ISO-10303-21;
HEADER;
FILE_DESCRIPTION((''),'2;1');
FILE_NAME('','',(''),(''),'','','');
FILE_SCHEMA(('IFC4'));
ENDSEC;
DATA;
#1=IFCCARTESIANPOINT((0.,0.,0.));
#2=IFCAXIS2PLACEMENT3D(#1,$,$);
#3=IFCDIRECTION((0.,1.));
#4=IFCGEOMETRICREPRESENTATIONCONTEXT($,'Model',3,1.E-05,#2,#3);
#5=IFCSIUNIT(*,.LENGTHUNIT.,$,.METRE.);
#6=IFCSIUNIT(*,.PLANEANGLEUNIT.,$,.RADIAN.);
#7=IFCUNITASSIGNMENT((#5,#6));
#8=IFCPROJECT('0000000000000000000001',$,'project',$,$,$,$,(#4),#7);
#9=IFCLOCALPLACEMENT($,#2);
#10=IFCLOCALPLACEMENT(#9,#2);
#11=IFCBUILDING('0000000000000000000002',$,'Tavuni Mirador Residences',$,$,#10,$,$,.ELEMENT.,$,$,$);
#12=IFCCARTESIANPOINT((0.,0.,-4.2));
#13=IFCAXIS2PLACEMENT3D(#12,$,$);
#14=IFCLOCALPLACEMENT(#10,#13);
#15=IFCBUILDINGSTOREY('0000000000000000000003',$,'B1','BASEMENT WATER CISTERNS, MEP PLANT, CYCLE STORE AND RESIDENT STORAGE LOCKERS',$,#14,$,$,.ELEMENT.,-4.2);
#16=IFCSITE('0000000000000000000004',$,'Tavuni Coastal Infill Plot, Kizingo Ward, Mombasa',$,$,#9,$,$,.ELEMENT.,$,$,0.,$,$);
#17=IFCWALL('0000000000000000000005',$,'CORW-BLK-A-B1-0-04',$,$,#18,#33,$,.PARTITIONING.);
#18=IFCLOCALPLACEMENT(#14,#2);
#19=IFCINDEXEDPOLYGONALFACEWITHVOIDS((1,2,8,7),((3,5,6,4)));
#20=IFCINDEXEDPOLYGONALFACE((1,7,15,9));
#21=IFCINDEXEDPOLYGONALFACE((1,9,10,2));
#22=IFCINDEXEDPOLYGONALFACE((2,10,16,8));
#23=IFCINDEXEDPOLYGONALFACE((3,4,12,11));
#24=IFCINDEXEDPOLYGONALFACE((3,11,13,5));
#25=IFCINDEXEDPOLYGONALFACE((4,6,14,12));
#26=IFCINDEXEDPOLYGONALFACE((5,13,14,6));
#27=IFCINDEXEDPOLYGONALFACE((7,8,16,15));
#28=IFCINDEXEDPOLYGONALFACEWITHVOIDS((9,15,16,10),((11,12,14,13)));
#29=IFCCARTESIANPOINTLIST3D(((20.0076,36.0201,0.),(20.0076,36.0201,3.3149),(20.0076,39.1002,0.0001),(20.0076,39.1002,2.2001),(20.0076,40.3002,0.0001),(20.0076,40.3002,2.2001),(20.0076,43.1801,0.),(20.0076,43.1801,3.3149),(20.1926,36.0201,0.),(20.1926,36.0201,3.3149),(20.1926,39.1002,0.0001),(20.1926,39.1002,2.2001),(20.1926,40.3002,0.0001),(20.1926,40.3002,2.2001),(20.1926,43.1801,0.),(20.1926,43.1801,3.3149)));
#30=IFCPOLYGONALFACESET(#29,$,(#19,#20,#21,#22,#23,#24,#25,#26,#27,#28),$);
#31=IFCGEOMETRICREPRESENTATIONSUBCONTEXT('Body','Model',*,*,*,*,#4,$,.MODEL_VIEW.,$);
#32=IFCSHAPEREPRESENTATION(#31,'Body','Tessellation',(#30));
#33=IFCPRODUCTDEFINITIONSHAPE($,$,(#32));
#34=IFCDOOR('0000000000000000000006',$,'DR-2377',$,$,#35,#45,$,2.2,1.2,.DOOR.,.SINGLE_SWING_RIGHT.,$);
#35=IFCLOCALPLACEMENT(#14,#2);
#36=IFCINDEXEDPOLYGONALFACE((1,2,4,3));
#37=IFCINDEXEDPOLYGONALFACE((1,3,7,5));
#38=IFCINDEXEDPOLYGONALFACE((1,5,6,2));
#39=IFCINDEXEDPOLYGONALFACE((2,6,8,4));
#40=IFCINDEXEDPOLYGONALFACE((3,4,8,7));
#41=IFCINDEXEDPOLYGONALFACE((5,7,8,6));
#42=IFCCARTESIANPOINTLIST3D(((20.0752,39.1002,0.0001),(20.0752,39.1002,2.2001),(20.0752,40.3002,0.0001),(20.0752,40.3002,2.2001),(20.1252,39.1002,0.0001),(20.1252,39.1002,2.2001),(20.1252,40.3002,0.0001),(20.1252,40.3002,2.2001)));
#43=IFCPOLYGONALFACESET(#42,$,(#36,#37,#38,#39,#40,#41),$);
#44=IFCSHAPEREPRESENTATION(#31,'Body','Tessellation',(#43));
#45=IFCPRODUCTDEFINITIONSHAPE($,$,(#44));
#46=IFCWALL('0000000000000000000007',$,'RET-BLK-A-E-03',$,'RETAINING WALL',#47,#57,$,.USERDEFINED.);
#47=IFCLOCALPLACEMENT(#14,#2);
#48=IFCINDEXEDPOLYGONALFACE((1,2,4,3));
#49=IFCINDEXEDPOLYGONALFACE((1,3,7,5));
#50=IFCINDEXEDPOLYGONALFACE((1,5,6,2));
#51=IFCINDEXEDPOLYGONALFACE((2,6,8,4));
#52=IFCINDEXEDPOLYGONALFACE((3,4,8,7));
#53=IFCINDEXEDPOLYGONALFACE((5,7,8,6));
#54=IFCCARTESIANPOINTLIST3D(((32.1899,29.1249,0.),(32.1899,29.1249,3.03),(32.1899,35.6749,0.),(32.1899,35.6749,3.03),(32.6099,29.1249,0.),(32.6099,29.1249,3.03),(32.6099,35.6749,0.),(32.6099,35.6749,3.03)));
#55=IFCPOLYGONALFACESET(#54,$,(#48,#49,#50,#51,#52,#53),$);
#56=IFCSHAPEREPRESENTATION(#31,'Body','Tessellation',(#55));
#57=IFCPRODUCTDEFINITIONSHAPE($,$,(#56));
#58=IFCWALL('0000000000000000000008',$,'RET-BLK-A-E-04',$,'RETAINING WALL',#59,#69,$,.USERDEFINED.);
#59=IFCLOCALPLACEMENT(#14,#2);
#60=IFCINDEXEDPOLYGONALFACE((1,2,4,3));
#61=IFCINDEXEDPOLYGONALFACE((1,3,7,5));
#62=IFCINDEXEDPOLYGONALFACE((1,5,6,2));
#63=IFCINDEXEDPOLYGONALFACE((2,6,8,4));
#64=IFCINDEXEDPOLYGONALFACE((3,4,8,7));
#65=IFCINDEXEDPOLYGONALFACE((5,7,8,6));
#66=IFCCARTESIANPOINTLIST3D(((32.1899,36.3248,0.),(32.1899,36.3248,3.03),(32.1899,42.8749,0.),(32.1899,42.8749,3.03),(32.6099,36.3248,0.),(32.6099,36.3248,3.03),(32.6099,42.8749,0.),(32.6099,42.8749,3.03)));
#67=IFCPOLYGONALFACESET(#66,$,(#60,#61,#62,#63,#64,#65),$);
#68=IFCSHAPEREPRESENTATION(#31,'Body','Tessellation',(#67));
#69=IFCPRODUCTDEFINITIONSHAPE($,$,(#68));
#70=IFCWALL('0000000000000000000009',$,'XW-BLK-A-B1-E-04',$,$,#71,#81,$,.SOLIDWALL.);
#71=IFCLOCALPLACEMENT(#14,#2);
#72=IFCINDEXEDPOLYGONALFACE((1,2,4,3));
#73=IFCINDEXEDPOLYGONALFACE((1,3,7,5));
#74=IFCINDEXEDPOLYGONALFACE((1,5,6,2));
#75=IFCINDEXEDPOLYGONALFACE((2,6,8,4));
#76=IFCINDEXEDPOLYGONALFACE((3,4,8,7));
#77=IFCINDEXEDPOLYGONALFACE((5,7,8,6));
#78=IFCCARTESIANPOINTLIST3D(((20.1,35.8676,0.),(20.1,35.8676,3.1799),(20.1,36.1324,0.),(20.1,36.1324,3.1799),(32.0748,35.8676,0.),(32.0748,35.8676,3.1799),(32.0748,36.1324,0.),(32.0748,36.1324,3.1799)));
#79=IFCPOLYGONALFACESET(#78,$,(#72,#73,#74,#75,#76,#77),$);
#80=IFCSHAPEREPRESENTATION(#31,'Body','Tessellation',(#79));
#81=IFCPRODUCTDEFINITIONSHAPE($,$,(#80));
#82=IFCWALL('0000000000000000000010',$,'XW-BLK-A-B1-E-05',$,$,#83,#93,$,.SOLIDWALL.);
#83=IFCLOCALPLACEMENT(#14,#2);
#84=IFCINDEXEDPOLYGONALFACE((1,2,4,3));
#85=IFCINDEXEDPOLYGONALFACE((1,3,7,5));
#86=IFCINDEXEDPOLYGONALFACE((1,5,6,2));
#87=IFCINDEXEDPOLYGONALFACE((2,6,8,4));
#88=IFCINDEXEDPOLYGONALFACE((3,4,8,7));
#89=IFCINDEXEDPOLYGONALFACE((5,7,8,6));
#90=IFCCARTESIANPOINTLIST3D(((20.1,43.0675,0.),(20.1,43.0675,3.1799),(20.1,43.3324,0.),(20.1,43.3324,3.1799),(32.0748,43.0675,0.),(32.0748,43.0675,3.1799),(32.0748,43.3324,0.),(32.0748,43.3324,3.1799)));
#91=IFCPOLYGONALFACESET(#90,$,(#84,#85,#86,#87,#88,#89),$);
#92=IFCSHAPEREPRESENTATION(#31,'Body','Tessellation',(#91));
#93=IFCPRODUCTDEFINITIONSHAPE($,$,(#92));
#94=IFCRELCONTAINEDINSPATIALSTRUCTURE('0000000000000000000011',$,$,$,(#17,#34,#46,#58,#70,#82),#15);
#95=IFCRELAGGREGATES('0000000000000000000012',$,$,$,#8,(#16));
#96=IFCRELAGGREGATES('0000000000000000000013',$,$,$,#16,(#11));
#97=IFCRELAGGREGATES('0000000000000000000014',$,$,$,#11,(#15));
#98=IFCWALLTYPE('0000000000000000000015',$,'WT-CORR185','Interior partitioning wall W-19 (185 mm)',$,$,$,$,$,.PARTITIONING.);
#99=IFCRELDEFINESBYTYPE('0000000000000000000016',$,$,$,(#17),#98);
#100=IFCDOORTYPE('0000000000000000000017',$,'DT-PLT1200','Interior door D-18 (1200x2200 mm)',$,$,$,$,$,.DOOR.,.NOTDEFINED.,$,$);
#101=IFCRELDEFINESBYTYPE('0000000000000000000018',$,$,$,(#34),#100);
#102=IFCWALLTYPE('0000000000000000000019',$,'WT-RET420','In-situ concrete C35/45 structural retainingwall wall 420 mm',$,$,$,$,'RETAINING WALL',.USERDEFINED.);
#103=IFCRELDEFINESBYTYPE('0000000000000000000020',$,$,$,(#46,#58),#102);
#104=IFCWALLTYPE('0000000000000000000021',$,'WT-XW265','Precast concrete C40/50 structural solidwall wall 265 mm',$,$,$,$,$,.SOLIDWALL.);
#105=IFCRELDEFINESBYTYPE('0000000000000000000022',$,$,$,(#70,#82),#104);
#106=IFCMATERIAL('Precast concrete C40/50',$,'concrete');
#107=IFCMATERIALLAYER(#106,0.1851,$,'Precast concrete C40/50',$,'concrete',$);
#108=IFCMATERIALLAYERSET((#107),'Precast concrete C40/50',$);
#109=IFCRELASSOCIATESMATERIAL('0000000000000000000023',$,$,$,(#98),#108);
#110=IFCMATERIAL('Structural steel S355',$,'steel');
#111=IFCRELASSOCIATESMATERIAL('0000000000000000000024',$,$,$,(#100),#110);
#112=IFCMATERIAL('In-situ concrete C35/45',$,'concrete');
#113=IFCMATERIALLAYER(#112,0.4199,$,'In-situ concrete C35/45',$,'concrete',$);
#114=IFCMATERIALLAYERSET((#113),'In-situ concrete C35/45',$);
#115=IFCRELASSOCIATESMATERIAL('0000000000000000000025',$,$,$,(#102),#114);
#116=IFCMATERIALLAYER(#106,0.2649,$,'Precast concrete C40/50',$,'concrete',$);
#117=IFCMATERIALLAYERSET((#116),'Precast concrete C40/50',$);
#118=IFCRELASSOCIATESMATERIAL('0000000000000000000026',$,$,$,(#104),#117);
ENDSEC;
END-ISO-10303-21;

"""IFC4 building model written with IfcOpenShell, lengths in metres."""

from ifc_helpers import new_model, si_unit, direction, frame, frame_2d, origin, place, context, subcontext, project, spatial, rectangle, extrude, material, layer, layer_set, type_object, element, fill, save


model = new_model("IFC4")

# Units and contexts
model_context = context("Model", 3, precision=1e-05, world=origin(), true_north=direction((0.0, 1.0)))
body_context = subcontext(model_context, "Body", "Model", "MODEL_VIEW")
ifc_project = project(units=[si_unit("LENGTHUNIT", "METRE"), si_unit("PLANEANGLEUNIT", "RADIAN")], contexts=[model_context])

# Site, building, storey
site_placement = place(None, origin())
site = spatial("IfcSite", under=ifc_project, at=site_placement, Name="Tavuni Coastal Infill Plot, Kizingo Ward, Mombasa", CompositionType="ELEMENT", RefElevation=0.0)
building_placement = place(site_placement, origin())
building = spatial("IfcBuilding", under=site, at=building_placement, Name="Tavuni Mirador Residences", CompositionType="ELEMENT")
storey_placement = place(building_placement, frame((0.0, 0.0, -4.2)))
storey = spatial("IfcBuildingStorey", under=building, at=storey_placement, Name="B1", Description="BASEMENT WATER CISTERNS, MEP PLANT, CYCLE STORE AND RESIDENT STORAGE LOCKERS", CompositionType="ELEMENT", Elevation=-4.2)

# Shared definitions
ifc_material_1 = material(Name="In-situ concrete C35/45", Category="concrete")

# Shared definitions
ifc_material_2 = material(Name="Precast concrete C40/50", Category="concrete")

# Wall, opening, door
ifc_layer_1 = layer(ifc_material_2, 0.1851, Name="Precast concrete C40/50", Category="concrete")
ifc_layer_set_1 = layer_set([ifc_layer_1], Name="Precast concrete C40/50")
wall_type_1 = type_object("IfcWallType", Name="WT-CORR185", Description="Interior partitioning wall W-19 (185 mm)", PredefinedType="PARTITIONING", material=ifc_layer_set_1)
wall_placement = place(storey_placement, frame((20.1001, 36.02, 0.0), z_axis=(0.0, 0.0, 1.0), x_axis=(0.0, 1.0, 0.0)))
wall = element("IfcWall", 1, at=wall_placement, inside=storey, type_object=wall_type_1, Name="CORW-BLK-A-B1-0-04", PredefinedType="PARTITIONING", context=body_context, shape_type="SweptSolid", body=[
    extrude(rectangle(XDim=7.1599, YDim=0.1851, at=frame_2d((3.5801, 0.0))), origin(), (0.0, 0.0, 1.0), 3.3149),
])
opening_placement = place(wall_placement, frame((3.0801, 0.0, 0.0)))
opening = element("IfcOpeningElement", 2, at=opening_placement, cuts=wall, PredefinedType="OPENING", context=body_context, shape_type="SweptSolid", body=[
    extrude(rectangle(XDim=1.2, YDim=2.2, at=frame_2d((0.6001, 1.1001))), frame((0.0, 0.1025, 0.0), z_axis=(0.0, -1.0, 0.0), x_axis=(1.0, 0.0, 0.0)), (0.0, 0.0, 1.0), 0.2051),
])
ifc_material_3 = material(Name="Structural steel S355", Category="steel")
door_type = type_object("IfcDoorType", Name="DT-PLT1200", Description="Interior door D-18 (1200x2200 mm)", OperationType="NOTDEFINED", PredefinedType="DOOR", material=ifc_material_3)
door_placement = place(opening_placement, origin())
door = element("IfcDoor", 3, at=door_placement, inside=storey, type_object=door_type, Name="DR-2377", OperationType="SINGLE_SWING_RIGHT", OverallHeight=2.2, OverallWidth=1.2, PredefinedType="DOOR", context=body_context, shape_type="SweptSolid", body=[
    extrude(rectangle(XDim=1.2, YDim=2.2, at=frame_2d((0.6001, 1.1001))), frame((0.0, 0.0249, 0.0), z_axis=(0.0, -1.0, 0.0), x_axis=(1.0, 0.0, 0.0)), (0.0, 0.0, 1.0), 0.05),
])
fill(opening, door)

# Walls
ifc_layer_2 = layer(ifc_material_1, 0.4199, Name="In-situ concrete C35/45", Category="concrete")
ifc_layer_set_2 = layer_set([ifc_layer_2], Name="In-situ concrete C35/45")
wall_type_2 = type_object("IfcWallType", Name="WT-RET420", Description="In-situ concrete C35/45 structural retainingwall wall 420 mm", ElementType="RETAINING WALL", PredefinedType="USERDEFINED", material=ifc_layer_set_2)
for number, where, z_axis, x_axis, name in (
    (4, (32.3999, 29.125, 0.0), (0.0, 0.0, 1.0), (0.0, 1.0, 0.0), "RET-BLK-A-E-03"),
    (5, (32.3999, 36.325, 0.0), (0.0, 0.0, 1.0), (0.0, 1.0, 0.0), "RET-BLK-A-E-04"),
):
    element("IfcWall", number, at=place(storey_placement, frame(where, z_axis=z_axis, x_axis=x_axis)), inside=storey, type_object=wall_type_2, Name=name, ObjectType="RETAINING WALL", PredefinedType="USERDEFINED", context=body_context, shape_type="SweptSolid", body=[
        extrude(rectangle(XDim=6.55, YDim=0.4199, at=frame_2d((3.2749, 0.0))), origin(), (0.0, 0.0, 1.0), 3.03),
    ])
ifc_layer_3 = layer(ifc_material_2, 0.2649, Name="Precast concrete C40/50", Category="concrete")
ifc_layer_set_3 = layer_set([ifc_layer_3], Name="Precast concrete C40/50")
wall_type_3 = type_object("IfcWallType", Name="WT-XW265", Description="Precast concrete C40/50 structural solidwall wall 265 mm", PredefinedType="SOLIDWALL", material=ifc_layer_set_3)
for number, where, z_axis, x_axis, name in (
    (6, (20.1001, 36.0, 0.0), (0.0, 0.0, 1.0), (1.0, 0.0, 0.0), "XW-BLK-A-B1-E-04"),
    (7, (20.1001, 43.2, 0.0), (0.0, 0.0, 1.0), (1.0, 0.0, 0.0), "XW-BLK-A-B1-E-05"),
):
    element("IfcWall", number, at=place(storey_placement, frame(where, z_axis=z_axis, x_axis=x_axis)), inside=storey, type_object=wall_type_3, Name=name, PredefinedType="SOLIDWALL", context=body_context, shape_type="SweptSolid", body=[
        extrude(rectangle(XDim=11.9749, YDim=0.2649, at=frame_2d((5.9873, 0.0))), origin(), (0.0, 0.0, 1.0), 3.1799),
    ])

save(model, "model.ifc")
